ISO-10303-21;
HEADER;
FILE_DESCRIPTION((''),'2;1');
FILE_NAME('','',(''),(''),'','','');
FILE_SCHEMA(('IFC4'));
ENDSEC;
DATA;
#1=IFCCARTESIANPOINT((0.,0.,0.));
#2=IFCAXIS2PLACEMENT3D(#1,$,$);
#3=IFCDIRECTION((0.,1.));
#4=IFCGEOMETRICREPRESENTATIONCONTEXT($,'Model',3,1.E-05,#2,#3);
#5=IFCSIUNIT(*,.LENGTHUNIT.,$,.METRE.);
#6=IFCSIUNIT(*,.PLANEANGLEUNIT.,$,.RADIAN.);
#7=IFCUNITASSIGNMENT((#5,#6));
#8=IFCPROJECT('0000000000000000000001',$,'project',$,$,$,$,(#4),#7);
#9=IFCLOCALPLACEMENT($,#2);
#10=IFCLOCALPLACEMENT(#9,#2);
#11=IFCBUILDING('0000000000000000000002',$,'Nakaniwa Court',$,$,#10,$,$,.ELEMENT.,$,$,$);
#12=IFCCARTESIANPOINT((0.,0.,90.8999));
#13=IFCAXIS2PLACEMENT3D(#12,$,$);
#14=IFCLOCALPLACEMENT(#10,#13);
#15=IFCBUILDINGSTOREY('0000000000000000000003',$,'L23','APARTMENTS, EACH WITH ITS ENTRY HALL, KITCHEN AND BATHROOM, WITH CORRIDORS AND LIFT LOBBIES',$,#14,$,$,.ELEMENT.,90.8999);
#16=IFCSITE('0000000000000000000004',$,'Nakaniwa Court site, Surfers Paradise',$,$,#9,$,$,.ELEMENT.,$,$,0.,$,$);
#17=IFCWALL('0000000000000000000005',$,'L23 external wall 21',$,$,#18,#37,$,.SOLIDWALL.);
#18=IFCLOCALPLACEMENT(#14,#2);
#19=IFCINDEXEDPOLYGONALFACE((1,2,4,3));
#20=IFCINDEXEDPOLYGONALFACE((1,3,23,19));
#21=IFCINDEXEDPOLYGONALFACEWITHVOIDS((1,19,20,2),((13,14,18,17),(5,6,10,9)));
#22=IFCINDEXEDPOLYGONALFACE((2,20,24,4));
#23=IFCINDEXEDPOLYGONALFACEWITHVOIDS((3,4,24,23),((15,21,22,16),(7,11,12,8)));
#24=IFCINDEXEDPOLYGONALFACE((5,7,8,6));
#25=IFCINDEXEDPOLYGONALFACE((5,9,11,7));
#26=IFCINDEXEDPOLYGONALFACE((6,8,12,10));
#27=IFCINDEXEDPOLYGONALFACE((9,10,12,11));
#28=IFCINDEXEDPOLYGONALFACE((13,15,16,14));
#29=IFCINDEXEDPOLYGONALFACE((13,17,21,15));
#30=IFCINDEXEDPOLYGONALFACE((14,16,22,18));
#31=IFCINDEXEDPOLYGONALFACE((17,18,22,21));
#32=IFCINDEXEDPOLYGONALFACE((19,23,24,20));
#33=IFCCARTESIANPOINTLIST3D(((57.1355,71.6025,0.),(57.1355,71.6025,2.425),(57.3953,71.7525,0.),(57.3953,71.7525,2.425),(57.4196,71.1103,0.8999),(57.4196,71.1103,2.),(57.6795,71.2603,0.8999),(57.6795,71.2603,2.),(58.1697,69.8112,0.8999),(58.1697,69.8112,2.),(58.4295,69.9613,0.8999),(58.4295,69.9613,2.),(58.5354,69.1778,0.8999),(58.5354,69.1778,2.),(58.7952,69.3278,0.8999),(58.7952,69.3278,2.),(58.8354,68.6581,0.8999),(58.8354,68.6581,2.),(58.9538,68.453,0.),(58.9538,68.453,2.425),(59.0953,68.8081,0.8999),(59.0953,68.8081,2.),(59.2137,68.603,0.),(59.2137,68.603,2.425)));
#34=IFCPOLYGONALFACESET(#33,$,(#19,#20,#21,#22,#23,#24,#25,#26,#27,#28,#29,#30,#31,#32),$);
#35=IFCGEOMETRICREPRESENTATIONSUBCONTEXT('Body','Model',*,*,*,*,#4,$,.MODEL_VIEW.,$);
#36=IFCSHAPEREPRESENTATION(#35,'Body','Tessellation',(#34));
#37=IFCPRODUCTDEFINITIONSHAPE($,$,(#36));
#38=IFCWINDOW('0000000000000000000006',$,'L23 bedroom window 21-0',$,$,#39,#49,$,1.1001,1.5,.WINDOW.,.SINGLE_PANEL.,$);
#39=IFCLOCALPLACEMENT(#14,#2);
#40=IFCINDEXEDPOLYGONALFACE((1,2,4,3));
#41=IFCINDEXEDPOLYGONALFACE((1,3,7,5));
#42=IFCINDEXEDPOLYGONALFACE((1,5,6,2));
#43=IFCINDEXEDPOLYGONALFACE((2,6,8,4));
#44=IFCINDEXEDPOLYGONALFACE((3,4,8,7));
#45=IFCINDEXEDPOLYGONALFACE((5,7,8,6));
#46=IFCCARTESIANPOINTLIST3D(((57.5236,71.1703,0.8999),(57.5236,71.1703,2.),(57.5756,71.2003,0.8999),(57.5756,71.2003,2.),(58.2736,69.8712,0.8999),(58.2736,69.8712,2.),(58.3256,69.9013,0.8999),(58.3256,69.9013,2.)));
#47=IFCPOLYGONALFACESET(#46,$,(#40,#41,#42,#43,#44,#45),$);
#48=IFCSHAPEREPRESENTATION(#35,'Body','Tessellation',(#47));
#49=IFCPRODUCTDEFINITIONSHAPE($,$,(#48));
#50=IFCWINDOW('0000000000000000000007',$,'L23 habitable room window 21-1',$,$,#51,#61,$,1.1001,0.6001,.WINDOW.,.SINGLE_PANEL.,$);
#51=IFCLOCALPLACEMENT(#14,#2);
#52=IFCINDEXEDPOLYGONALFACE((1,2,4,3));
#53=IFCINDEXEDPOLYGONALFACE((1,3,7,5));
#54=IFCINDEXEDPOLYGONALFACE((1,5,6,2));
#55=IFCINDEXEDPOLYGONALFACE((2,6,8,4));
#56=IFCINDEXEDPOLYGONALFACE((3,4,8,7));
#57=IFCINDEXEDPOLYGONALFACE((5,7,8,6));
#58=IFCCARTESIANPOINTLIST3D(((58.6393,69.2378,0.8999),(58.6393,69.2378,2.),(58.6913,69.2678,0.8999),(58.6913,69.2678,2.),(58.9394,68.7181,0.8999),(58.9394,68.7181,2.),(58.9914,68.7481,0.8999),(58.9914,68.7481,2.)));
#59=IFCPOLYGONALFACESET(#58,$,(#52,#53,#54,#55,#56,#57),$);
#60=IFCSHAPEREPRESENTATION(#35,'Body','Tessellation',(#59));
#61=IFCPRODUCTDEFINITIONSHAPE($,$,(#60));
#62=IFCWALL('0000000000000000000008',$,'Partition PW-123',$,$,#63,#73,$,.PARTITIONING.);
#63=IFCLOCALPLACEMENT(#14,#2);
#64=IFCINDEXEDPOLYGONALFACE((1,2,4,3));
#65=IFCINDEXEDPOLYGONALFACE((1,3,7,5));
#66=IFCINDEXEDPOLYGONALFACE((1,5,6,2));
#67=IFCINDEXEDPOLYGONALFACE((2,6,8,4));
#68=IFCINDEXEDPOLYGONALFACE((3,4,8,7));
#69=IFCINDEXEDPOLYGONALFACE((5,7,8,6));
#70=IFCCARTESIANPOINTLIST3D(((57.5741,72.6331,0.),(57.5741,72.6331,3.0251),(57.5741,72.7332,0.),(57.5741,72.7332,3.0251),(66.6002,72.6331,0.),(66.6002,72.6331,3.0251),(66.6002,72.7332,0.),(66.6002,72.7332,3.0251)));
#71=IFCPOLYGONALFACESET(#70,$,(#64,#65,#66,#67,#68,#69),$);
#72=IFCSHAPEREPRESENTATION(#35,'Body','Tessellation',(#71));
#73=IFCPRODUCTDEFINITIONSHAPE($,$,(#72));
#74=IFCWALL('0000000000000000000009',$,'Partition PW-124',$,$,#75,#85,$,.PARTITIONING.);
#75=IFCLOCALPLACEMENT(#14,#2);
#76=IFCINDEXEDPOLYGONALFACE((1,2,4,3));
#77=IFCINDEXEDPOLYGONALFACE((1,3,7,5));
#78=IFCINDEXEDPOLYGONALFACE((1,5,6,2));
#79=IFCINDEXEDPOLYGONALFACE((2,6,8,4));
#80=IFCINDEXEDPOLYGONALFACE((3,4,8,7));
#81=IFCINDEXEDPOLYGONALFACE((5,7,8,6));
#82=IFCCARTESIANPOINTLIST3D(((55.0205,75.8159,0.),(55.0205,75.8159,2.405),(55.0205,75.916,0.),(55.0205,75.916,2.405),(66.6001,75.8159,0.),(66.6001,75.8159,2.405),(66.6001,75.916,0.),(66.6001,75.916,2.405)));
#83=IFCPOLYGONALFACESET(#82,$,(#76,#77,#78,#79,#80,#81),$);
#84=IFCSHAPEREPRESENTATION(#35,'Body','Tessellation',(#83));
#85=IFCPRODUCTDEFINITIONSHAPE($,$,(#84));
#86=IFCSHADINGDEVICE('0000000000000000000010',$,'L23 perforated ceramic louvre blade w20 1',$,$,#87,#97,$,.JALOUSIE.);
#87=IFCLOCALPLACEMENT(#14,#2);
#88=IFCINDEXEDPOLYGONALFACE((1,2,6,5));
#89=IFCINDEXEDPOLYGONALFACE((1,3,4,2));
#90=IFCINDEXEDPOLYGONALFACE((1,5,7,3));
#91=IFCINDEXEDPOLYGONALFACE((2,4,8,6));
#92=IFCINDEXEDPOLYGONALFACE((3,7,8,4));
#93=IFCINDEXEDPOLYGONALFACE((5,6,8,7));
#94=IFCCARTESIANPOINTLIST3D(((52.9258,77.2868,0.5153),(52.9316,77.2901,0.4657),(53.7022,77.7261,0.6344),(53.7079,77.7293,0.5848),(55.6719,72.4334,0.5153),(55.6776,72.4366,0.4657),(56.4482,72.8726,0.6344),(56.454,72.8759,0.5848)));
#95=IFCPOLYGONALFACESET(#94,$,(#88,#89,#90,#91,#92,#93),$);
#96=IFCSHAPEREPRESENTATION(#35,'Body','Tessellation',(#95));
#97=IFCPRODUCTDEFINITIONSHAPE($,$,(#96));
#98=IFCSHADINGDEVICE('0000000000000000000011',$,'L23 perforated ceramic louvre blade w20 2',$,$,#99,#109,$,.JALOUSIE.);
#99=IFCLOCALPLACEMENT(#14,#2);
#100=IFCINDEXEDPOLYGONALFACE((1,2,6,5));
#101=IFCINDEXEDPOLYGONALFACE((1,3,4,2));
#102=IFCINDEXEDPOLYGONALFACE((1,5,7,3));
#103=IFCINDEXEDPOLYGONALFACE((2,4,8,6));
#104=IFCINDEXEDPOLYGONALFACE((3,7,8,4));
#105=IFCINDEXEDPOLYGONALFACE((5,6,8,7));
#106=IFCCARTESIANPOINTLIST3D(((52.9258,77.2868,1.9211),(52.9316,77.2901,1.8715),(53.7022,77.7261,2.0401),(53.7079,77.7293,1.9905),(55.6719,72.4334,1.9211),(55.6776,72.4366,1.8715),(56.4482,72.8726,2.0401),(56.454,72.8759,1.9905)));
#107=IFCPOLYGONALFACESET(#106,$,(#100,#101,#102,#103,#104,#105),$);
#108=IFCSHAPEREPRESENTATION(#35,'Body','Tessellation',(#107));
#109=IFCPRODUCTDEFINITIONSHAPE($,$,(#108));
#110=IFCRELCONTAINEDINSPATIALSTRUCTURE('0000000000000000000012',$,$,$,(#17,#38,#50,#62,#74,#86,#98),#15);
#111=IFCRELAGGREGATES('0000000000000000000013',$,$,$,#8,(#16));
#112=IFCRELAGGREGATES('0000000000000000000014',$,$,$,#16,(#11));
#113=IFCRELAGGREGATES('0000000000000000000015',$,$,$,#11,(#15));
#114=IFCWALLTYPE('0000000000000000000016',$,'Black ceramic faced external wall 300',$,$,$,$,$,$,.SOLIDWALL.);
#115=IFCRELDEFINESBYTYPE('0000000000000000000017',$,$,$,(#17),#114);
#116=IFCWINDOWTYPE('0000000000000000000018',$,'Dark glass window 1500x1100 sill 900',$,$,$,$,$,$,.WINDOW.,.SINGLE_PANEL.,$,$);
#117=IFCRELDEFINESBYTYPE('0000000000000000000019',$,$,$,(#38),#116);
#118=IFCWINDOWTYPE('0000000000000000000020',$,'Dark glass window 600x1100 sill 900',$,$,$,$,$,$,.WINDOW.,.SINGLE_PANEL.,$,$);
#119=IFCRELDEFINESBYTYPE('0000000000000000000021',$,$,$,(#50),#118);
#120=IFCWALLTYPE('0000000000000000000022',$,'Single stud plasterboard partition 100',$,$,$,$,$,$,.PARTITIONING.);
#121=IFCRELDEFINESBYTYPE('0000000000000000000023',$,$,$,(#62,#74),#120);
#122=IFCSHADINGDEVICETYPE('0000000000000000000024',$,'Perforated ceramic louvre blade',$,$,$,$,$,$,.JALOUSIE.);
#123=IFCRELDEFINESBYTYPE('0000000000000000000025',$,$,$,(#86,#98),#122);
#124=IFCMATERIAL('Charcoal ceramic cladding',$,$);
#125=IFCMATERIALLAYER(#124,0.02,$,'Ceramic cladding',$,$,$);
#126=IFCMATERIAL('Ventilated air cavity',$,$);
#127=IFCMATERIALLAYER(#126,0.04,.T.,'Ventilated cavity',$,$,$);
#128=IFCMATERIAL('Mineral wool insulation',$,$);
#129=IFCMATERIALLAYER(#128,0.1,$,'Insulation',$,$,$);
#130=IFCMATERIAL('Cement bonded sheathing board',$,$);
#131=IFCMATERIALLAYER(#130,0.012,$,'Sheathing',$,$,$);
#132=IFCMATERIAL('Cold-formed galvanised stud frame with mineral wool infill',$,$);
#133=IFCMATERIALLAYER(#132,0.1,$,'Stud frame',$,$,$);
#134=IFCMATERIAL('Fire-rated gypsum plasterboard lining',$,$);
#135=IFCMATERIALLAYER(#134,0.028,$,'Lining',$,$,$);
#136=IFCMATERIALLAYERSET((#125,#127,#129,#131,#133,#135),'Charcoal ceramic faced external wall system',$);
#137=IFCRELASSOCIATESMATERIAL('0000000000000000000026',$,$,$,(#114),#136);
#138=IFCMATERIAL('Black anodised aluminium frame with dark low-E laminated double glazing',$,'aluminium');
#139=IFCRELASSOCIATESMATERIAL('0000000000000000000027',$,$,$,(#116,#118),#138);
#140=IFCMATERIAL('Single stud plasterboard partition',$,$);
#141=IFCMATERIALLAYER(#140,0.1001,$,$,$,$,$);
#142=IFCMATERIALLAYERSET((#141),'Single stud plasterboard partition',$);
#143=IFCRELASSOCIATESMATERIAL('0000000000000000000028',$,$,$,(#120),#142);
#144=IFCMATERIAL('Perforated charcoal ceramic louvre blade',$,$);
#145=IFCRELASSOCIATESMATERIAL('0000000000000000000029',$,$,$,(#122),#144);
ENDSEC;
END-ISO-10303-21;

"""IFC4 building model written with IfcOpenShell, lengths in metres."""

from ifc_helpers import new_model, si_unit, direction, frame, frame_2d, origin, origin_2d, place, context, subcontext, project, spatial, rectangle, extrude, material, layer, layer_set, material_profile, profile_set, type_object, element, fill, save


model = new_model("IFC4")

# Units and contexts
model_context = context("Model", 3, precision=1e-05, world=origin(), true_north=direction((0.0, 1.0)))
body_context = subcontext(model_context, "Body", "Model", "MODEL_VIEW")
ifc_project = project(units=[si_unit("LENGTHUNIT", "METRE"), si_unit("PLANEANGLEUNIT", "RADIAN")], contexts=[model_context])

# Site, building, storey
site_placement = place(None, origin())
site = spatial("IfcSite", under=ifc_project, at=site_placement, Name="Nakaniwa Court site, Surfers Paradise", CompositionType="ELEMENT", RefElevation=0.0)
building_placement = place(site_placement, origin())
building = spatial("IfcBuilding", under=site, at=building_placement, Name="Nakaniwa Court", CompositionType="ELEMENT")
storey_placement = place(building_placement, frame((0.0, 0.0, 90.8999)))
storey = spatial("IfcBuildingStorey", under=building, at=storey_placement, Name="L23", Description="APARTMENTS, EACH WITH ITS ENTRY HALL, KITCHEN AND BATHROOM, WITH CORRIDORS AND LIFT LOBBIES", CompositionType="ELEMENT", Elevation=90.8999)

# Shared definitions
ifc_material_1 = material(Name="Charcoal ceramic cladding")
ifc_layer_1 = layer(ifc_material_1, 0.02, Name="Ceramic cladding")
ifc_material_2 = material(Name="Ventilated air cavity")
ifc_layer_2 = layer(ifc_material_2, 0.04, ventilated=True, Name="Ventilated cavity")
ifc_material_3 = material(Name="Mineral wool insulation")
ifc_layer_3 = layer(ifc_material_3, 0.1, Name="Insulation")
ifc_material_4 = material(Name="Cement bonded sheathing board")
ifc_layer_4 = layer(ifc_material_4, 0.012, Name="Sheathing")
ifc_material_5 = material(Name="Cold-formed galvanised stud frame with mineral wool infill")
ifc_layer_5 = layer(ifc_material_5, 0.1, Name="Stud frame")
ifc_material_6 = material(Name="Fire-rated gypsum plasterboard lining")
ifc_layer_6 = layer(ifc_material_6, 0.028, Name="Lining")
ifc_layer_set_1 = layer_set([ifc_layer_1, ifc_layer_2, ifc_layer_3, ifc_layer_4, ifc_layer_5, ifc_layer_6], Name="Charcoal ceramic faced external wall system")
wall_type_1 = type_object("IfcWallType", Name="Black ceramic faced external wall 300", PredefinedType="SOLIDWALL", material=ifc_layer_set_1)
ifc_material_7 = material(Name="Black anodised aluminium frame with dark low-E laminated double glazing", Category="aluminium")
window_type_1 = type_object("IfcWindowType", Name="Dark glass window 1500x1100 sill 900", PartitioningType="SINGLE_PANEL", PredefinedType="WINDOW", material=ifc_material_7)

# Wall, openings, windows
wall_1_placement = place(storey_placement, frame((57.2654, 71.6775, 0.0), z_axis=(0.0, 0.0, 1.0), x_axis=(0.500009, -0.86602, 0.0)))
wall_1 = element("IfcWall", 1, at=wall_1_placement, inside=storey, type_object=wall_type_1, Name="L23 external wall 21", PredefinedType="SOLIDWALL", context=body_context, shape_type="SweptSolid", body=[
    extrude(rectangle(XDim=3.6367, YDim=0.3, at=frame_2d((1.8184, 0.0))), origin(), (0.0, 0.0, 1.0), 2.425),
])
opening_1_placement = place(wall_1_placement, frame((0.5684, 0.0, 0.8999)))
opening_1 = element("IfcOpeningElement", 2, at=opening_1_placement, cuts=wall_1, PredefinedType="OPENING", context=body_context, shape_type="SweptSolid", body=[
    extrude(rectangle(XDim=1.5, YDim=1.1001, at=frame_2d((0.75, 0.55))), frame((0.0, 0.1599, 0.0), z_axis=(0.0, -1.0, 0.0), x_axis=(1.0, 0.0, 0.0)), (0.0, 0.0, 1.0), 0.3201),
])
opening_2_placement = place(wall_1_placement, frame((2.7998, 0.0, 0.8999)))
opening_2 = element("IfcOpeningElement", 3, at=opening_2_placement, cuts=wall_1, PredefinedType="OPENING", context=body_context, shape_type="SweptSolid", body=[
    extrude(rectangle(XDim=0.6001, YDim=1.1001, at=frame_2d((0.3, 0.55))), frame((0.0, 0.1599, 0.0), z_axis=(0.0, -1.0, 0.0), x_axis=(1.0, 0.0, 0.0)), (0.0, 0.0, 1.0), 0.3201),
])
window_1_placement = place(opening_1_placement, origin())
window_1 = element("IfcWindow", 4, at=window_1_placement, inside=storey, type_object=window_type_1, Name="L23 bedroom window 21-0", OverallHeight=1.1001, OverallWidth=1.5, PartitioningType="SINGLE_PANEL", PredefinedType="WINDOW", context=body_context, shape_type="SweptSolid", body=[
    extrude(rectangle(XDim=1.5, YDim=1.1001, at=frame_2d((0.75, 0.55))), frame((0.0, 0.03, 0.0), z_axis=(0.0, -1.0, 0.0), x_axis=(1.0, 0.0, 0.0)), (0.0, 0.0, 1.0), 0.0601),
])
fill(opening_1, window_1)
window_type_2 = type_object("IfcWindowType", Name="Dark glass window 600x1100 sill 900", PartitioningType="SINGLE_PANEL", PredefinedType="WINDOW", material=ifc_material_7)
window_2_placement = place(opening_2_placement, origin())
window_2 = element("IfcWindow", 5, at=window_2_placement, inside=storey, type_object=window_type_2, Name="L23 habitable room window 21-1", OverallHeight=1.1001, OverallWidth=0.6001, PartitioningType="SINGLE_PANEL", PredefinedType="WINDOW", context=body_context, shape_type="SweptSolid", body=[
    extrude(rectangle(XDim=0.6001, YDim=1.1001, at=frame_2d((0.3, 0.55))), frame((0.0, 0.03, 0.0), z_axis=(0.0, -1.0, 0.0), x_axis=(1.0, 0.0, 0.0)), (0.0, 0.0, 1.0), 0.0601),
])
fill(opening_2, window_2)

# Walls
ifc_material_8 = material(Name="Single stud plasterboard partition")
ifc_layer_7 = layer(ifc_material_8, 0.1001)
ifc_layer_set_2 = layer_set([ifc_layer_7], Name="Single stud plasterboard partition")
wall_type_2 = type_object("IfcWallType", Name="Single stud plasterboard partition 100", PredefinedType="PARTITIONING", material=ifc_layer_set_2)
wall_2_placement = place(storey_placement, frame((57.574, 72.6831, 0.0), z_axis=(0.0, 0.0, 1.0), x_axis=(1.0, 0.0, 0.0)))
element("IfcWall", 6, at=wall_2_placement, inside=storey, type_object=wall_type_2, Name="Partition PW-123", PredefinedType="PARTITIONING", context=body_context, shape_type="SweptSolid", body=[
    extrude(rectangle(XDim=9.0261, YDim=0.1001, at=frame_2d((4.5132, 0.0))), origin(), (0.0, 0.0, 1.0), 3.0251),
])
wall_3_placement = place(storey_placement, frame((55.0205, 75.866, 0.0), z_axis=(0.0, 0.0, 1.0), x_axis=(1.0, 0.0, 0.0)))
element("IfcWall", 7, at=wall_3_placement, inside=storey, type_object=wall_type_2, Name="Partition PW-124", PredefinedType="PARTITIONING", context=body_context, shape_type="SweptSolid", body=[
    extrude(rectangle(XDim=11.5796, YDim=0.1001, at=frame_2d((5.7898, 0.0))), origin(), (0.0, 0.0, 1.0), 2.405),
])

# Shading devices
ifc_material_9 = material(Name="Perforated charcoal ceramic louvre blade")
ifc_material_profile_1 = material_profile(ifc_material_9, rectangle(XDim=0.8999, YDim=0.05, at=origin_2d()), Name="Perforated ceramic louvre blade")
ifc_profile_set_1 = profile_set([ifc_material_profile_1], Name="Perforated charcoal ceramic louvre blade")
shading_device_type = type_object("IfcShadingDeviceType", Name="Perforated ceramic louvre blade", PredefinedType="JALOUSIE", material=ifc_profile_set_1)
for number, where, z_axis, x_axis, name in (
    (8, (53.3169, 77.5081, 0.55), (0.492438, -0.870347, 0.0), (0.862702, 0.488112, 0.132256), "L23 perforated ceramic louvre blade w20 1"),
    (9, (53.3169, 77.5081, 1.9558), (0.492438, -0.870347, 0.0), (0.862702, 0.488112, 0.132256), "L23 perforated ceramic louvre blade w20 2"),
):
    element("IfcShadingDevice", number, at=place(storey_placement, frame(where, z_axis=z_axis, x_axis=x_axis)), inside=storey, type_object=shading_device_type, Name=name, PredefinedType="JALOUSIE", context=body_context, shape_type="SweptSolid", body=[
        extrude(rectangle(XDim=0.8999, YDim=0.05, at=origin_2d()), origin(), (0.0, 0.0, 1.0), 5.5764),
    ])

save(model, "model.ifc")
